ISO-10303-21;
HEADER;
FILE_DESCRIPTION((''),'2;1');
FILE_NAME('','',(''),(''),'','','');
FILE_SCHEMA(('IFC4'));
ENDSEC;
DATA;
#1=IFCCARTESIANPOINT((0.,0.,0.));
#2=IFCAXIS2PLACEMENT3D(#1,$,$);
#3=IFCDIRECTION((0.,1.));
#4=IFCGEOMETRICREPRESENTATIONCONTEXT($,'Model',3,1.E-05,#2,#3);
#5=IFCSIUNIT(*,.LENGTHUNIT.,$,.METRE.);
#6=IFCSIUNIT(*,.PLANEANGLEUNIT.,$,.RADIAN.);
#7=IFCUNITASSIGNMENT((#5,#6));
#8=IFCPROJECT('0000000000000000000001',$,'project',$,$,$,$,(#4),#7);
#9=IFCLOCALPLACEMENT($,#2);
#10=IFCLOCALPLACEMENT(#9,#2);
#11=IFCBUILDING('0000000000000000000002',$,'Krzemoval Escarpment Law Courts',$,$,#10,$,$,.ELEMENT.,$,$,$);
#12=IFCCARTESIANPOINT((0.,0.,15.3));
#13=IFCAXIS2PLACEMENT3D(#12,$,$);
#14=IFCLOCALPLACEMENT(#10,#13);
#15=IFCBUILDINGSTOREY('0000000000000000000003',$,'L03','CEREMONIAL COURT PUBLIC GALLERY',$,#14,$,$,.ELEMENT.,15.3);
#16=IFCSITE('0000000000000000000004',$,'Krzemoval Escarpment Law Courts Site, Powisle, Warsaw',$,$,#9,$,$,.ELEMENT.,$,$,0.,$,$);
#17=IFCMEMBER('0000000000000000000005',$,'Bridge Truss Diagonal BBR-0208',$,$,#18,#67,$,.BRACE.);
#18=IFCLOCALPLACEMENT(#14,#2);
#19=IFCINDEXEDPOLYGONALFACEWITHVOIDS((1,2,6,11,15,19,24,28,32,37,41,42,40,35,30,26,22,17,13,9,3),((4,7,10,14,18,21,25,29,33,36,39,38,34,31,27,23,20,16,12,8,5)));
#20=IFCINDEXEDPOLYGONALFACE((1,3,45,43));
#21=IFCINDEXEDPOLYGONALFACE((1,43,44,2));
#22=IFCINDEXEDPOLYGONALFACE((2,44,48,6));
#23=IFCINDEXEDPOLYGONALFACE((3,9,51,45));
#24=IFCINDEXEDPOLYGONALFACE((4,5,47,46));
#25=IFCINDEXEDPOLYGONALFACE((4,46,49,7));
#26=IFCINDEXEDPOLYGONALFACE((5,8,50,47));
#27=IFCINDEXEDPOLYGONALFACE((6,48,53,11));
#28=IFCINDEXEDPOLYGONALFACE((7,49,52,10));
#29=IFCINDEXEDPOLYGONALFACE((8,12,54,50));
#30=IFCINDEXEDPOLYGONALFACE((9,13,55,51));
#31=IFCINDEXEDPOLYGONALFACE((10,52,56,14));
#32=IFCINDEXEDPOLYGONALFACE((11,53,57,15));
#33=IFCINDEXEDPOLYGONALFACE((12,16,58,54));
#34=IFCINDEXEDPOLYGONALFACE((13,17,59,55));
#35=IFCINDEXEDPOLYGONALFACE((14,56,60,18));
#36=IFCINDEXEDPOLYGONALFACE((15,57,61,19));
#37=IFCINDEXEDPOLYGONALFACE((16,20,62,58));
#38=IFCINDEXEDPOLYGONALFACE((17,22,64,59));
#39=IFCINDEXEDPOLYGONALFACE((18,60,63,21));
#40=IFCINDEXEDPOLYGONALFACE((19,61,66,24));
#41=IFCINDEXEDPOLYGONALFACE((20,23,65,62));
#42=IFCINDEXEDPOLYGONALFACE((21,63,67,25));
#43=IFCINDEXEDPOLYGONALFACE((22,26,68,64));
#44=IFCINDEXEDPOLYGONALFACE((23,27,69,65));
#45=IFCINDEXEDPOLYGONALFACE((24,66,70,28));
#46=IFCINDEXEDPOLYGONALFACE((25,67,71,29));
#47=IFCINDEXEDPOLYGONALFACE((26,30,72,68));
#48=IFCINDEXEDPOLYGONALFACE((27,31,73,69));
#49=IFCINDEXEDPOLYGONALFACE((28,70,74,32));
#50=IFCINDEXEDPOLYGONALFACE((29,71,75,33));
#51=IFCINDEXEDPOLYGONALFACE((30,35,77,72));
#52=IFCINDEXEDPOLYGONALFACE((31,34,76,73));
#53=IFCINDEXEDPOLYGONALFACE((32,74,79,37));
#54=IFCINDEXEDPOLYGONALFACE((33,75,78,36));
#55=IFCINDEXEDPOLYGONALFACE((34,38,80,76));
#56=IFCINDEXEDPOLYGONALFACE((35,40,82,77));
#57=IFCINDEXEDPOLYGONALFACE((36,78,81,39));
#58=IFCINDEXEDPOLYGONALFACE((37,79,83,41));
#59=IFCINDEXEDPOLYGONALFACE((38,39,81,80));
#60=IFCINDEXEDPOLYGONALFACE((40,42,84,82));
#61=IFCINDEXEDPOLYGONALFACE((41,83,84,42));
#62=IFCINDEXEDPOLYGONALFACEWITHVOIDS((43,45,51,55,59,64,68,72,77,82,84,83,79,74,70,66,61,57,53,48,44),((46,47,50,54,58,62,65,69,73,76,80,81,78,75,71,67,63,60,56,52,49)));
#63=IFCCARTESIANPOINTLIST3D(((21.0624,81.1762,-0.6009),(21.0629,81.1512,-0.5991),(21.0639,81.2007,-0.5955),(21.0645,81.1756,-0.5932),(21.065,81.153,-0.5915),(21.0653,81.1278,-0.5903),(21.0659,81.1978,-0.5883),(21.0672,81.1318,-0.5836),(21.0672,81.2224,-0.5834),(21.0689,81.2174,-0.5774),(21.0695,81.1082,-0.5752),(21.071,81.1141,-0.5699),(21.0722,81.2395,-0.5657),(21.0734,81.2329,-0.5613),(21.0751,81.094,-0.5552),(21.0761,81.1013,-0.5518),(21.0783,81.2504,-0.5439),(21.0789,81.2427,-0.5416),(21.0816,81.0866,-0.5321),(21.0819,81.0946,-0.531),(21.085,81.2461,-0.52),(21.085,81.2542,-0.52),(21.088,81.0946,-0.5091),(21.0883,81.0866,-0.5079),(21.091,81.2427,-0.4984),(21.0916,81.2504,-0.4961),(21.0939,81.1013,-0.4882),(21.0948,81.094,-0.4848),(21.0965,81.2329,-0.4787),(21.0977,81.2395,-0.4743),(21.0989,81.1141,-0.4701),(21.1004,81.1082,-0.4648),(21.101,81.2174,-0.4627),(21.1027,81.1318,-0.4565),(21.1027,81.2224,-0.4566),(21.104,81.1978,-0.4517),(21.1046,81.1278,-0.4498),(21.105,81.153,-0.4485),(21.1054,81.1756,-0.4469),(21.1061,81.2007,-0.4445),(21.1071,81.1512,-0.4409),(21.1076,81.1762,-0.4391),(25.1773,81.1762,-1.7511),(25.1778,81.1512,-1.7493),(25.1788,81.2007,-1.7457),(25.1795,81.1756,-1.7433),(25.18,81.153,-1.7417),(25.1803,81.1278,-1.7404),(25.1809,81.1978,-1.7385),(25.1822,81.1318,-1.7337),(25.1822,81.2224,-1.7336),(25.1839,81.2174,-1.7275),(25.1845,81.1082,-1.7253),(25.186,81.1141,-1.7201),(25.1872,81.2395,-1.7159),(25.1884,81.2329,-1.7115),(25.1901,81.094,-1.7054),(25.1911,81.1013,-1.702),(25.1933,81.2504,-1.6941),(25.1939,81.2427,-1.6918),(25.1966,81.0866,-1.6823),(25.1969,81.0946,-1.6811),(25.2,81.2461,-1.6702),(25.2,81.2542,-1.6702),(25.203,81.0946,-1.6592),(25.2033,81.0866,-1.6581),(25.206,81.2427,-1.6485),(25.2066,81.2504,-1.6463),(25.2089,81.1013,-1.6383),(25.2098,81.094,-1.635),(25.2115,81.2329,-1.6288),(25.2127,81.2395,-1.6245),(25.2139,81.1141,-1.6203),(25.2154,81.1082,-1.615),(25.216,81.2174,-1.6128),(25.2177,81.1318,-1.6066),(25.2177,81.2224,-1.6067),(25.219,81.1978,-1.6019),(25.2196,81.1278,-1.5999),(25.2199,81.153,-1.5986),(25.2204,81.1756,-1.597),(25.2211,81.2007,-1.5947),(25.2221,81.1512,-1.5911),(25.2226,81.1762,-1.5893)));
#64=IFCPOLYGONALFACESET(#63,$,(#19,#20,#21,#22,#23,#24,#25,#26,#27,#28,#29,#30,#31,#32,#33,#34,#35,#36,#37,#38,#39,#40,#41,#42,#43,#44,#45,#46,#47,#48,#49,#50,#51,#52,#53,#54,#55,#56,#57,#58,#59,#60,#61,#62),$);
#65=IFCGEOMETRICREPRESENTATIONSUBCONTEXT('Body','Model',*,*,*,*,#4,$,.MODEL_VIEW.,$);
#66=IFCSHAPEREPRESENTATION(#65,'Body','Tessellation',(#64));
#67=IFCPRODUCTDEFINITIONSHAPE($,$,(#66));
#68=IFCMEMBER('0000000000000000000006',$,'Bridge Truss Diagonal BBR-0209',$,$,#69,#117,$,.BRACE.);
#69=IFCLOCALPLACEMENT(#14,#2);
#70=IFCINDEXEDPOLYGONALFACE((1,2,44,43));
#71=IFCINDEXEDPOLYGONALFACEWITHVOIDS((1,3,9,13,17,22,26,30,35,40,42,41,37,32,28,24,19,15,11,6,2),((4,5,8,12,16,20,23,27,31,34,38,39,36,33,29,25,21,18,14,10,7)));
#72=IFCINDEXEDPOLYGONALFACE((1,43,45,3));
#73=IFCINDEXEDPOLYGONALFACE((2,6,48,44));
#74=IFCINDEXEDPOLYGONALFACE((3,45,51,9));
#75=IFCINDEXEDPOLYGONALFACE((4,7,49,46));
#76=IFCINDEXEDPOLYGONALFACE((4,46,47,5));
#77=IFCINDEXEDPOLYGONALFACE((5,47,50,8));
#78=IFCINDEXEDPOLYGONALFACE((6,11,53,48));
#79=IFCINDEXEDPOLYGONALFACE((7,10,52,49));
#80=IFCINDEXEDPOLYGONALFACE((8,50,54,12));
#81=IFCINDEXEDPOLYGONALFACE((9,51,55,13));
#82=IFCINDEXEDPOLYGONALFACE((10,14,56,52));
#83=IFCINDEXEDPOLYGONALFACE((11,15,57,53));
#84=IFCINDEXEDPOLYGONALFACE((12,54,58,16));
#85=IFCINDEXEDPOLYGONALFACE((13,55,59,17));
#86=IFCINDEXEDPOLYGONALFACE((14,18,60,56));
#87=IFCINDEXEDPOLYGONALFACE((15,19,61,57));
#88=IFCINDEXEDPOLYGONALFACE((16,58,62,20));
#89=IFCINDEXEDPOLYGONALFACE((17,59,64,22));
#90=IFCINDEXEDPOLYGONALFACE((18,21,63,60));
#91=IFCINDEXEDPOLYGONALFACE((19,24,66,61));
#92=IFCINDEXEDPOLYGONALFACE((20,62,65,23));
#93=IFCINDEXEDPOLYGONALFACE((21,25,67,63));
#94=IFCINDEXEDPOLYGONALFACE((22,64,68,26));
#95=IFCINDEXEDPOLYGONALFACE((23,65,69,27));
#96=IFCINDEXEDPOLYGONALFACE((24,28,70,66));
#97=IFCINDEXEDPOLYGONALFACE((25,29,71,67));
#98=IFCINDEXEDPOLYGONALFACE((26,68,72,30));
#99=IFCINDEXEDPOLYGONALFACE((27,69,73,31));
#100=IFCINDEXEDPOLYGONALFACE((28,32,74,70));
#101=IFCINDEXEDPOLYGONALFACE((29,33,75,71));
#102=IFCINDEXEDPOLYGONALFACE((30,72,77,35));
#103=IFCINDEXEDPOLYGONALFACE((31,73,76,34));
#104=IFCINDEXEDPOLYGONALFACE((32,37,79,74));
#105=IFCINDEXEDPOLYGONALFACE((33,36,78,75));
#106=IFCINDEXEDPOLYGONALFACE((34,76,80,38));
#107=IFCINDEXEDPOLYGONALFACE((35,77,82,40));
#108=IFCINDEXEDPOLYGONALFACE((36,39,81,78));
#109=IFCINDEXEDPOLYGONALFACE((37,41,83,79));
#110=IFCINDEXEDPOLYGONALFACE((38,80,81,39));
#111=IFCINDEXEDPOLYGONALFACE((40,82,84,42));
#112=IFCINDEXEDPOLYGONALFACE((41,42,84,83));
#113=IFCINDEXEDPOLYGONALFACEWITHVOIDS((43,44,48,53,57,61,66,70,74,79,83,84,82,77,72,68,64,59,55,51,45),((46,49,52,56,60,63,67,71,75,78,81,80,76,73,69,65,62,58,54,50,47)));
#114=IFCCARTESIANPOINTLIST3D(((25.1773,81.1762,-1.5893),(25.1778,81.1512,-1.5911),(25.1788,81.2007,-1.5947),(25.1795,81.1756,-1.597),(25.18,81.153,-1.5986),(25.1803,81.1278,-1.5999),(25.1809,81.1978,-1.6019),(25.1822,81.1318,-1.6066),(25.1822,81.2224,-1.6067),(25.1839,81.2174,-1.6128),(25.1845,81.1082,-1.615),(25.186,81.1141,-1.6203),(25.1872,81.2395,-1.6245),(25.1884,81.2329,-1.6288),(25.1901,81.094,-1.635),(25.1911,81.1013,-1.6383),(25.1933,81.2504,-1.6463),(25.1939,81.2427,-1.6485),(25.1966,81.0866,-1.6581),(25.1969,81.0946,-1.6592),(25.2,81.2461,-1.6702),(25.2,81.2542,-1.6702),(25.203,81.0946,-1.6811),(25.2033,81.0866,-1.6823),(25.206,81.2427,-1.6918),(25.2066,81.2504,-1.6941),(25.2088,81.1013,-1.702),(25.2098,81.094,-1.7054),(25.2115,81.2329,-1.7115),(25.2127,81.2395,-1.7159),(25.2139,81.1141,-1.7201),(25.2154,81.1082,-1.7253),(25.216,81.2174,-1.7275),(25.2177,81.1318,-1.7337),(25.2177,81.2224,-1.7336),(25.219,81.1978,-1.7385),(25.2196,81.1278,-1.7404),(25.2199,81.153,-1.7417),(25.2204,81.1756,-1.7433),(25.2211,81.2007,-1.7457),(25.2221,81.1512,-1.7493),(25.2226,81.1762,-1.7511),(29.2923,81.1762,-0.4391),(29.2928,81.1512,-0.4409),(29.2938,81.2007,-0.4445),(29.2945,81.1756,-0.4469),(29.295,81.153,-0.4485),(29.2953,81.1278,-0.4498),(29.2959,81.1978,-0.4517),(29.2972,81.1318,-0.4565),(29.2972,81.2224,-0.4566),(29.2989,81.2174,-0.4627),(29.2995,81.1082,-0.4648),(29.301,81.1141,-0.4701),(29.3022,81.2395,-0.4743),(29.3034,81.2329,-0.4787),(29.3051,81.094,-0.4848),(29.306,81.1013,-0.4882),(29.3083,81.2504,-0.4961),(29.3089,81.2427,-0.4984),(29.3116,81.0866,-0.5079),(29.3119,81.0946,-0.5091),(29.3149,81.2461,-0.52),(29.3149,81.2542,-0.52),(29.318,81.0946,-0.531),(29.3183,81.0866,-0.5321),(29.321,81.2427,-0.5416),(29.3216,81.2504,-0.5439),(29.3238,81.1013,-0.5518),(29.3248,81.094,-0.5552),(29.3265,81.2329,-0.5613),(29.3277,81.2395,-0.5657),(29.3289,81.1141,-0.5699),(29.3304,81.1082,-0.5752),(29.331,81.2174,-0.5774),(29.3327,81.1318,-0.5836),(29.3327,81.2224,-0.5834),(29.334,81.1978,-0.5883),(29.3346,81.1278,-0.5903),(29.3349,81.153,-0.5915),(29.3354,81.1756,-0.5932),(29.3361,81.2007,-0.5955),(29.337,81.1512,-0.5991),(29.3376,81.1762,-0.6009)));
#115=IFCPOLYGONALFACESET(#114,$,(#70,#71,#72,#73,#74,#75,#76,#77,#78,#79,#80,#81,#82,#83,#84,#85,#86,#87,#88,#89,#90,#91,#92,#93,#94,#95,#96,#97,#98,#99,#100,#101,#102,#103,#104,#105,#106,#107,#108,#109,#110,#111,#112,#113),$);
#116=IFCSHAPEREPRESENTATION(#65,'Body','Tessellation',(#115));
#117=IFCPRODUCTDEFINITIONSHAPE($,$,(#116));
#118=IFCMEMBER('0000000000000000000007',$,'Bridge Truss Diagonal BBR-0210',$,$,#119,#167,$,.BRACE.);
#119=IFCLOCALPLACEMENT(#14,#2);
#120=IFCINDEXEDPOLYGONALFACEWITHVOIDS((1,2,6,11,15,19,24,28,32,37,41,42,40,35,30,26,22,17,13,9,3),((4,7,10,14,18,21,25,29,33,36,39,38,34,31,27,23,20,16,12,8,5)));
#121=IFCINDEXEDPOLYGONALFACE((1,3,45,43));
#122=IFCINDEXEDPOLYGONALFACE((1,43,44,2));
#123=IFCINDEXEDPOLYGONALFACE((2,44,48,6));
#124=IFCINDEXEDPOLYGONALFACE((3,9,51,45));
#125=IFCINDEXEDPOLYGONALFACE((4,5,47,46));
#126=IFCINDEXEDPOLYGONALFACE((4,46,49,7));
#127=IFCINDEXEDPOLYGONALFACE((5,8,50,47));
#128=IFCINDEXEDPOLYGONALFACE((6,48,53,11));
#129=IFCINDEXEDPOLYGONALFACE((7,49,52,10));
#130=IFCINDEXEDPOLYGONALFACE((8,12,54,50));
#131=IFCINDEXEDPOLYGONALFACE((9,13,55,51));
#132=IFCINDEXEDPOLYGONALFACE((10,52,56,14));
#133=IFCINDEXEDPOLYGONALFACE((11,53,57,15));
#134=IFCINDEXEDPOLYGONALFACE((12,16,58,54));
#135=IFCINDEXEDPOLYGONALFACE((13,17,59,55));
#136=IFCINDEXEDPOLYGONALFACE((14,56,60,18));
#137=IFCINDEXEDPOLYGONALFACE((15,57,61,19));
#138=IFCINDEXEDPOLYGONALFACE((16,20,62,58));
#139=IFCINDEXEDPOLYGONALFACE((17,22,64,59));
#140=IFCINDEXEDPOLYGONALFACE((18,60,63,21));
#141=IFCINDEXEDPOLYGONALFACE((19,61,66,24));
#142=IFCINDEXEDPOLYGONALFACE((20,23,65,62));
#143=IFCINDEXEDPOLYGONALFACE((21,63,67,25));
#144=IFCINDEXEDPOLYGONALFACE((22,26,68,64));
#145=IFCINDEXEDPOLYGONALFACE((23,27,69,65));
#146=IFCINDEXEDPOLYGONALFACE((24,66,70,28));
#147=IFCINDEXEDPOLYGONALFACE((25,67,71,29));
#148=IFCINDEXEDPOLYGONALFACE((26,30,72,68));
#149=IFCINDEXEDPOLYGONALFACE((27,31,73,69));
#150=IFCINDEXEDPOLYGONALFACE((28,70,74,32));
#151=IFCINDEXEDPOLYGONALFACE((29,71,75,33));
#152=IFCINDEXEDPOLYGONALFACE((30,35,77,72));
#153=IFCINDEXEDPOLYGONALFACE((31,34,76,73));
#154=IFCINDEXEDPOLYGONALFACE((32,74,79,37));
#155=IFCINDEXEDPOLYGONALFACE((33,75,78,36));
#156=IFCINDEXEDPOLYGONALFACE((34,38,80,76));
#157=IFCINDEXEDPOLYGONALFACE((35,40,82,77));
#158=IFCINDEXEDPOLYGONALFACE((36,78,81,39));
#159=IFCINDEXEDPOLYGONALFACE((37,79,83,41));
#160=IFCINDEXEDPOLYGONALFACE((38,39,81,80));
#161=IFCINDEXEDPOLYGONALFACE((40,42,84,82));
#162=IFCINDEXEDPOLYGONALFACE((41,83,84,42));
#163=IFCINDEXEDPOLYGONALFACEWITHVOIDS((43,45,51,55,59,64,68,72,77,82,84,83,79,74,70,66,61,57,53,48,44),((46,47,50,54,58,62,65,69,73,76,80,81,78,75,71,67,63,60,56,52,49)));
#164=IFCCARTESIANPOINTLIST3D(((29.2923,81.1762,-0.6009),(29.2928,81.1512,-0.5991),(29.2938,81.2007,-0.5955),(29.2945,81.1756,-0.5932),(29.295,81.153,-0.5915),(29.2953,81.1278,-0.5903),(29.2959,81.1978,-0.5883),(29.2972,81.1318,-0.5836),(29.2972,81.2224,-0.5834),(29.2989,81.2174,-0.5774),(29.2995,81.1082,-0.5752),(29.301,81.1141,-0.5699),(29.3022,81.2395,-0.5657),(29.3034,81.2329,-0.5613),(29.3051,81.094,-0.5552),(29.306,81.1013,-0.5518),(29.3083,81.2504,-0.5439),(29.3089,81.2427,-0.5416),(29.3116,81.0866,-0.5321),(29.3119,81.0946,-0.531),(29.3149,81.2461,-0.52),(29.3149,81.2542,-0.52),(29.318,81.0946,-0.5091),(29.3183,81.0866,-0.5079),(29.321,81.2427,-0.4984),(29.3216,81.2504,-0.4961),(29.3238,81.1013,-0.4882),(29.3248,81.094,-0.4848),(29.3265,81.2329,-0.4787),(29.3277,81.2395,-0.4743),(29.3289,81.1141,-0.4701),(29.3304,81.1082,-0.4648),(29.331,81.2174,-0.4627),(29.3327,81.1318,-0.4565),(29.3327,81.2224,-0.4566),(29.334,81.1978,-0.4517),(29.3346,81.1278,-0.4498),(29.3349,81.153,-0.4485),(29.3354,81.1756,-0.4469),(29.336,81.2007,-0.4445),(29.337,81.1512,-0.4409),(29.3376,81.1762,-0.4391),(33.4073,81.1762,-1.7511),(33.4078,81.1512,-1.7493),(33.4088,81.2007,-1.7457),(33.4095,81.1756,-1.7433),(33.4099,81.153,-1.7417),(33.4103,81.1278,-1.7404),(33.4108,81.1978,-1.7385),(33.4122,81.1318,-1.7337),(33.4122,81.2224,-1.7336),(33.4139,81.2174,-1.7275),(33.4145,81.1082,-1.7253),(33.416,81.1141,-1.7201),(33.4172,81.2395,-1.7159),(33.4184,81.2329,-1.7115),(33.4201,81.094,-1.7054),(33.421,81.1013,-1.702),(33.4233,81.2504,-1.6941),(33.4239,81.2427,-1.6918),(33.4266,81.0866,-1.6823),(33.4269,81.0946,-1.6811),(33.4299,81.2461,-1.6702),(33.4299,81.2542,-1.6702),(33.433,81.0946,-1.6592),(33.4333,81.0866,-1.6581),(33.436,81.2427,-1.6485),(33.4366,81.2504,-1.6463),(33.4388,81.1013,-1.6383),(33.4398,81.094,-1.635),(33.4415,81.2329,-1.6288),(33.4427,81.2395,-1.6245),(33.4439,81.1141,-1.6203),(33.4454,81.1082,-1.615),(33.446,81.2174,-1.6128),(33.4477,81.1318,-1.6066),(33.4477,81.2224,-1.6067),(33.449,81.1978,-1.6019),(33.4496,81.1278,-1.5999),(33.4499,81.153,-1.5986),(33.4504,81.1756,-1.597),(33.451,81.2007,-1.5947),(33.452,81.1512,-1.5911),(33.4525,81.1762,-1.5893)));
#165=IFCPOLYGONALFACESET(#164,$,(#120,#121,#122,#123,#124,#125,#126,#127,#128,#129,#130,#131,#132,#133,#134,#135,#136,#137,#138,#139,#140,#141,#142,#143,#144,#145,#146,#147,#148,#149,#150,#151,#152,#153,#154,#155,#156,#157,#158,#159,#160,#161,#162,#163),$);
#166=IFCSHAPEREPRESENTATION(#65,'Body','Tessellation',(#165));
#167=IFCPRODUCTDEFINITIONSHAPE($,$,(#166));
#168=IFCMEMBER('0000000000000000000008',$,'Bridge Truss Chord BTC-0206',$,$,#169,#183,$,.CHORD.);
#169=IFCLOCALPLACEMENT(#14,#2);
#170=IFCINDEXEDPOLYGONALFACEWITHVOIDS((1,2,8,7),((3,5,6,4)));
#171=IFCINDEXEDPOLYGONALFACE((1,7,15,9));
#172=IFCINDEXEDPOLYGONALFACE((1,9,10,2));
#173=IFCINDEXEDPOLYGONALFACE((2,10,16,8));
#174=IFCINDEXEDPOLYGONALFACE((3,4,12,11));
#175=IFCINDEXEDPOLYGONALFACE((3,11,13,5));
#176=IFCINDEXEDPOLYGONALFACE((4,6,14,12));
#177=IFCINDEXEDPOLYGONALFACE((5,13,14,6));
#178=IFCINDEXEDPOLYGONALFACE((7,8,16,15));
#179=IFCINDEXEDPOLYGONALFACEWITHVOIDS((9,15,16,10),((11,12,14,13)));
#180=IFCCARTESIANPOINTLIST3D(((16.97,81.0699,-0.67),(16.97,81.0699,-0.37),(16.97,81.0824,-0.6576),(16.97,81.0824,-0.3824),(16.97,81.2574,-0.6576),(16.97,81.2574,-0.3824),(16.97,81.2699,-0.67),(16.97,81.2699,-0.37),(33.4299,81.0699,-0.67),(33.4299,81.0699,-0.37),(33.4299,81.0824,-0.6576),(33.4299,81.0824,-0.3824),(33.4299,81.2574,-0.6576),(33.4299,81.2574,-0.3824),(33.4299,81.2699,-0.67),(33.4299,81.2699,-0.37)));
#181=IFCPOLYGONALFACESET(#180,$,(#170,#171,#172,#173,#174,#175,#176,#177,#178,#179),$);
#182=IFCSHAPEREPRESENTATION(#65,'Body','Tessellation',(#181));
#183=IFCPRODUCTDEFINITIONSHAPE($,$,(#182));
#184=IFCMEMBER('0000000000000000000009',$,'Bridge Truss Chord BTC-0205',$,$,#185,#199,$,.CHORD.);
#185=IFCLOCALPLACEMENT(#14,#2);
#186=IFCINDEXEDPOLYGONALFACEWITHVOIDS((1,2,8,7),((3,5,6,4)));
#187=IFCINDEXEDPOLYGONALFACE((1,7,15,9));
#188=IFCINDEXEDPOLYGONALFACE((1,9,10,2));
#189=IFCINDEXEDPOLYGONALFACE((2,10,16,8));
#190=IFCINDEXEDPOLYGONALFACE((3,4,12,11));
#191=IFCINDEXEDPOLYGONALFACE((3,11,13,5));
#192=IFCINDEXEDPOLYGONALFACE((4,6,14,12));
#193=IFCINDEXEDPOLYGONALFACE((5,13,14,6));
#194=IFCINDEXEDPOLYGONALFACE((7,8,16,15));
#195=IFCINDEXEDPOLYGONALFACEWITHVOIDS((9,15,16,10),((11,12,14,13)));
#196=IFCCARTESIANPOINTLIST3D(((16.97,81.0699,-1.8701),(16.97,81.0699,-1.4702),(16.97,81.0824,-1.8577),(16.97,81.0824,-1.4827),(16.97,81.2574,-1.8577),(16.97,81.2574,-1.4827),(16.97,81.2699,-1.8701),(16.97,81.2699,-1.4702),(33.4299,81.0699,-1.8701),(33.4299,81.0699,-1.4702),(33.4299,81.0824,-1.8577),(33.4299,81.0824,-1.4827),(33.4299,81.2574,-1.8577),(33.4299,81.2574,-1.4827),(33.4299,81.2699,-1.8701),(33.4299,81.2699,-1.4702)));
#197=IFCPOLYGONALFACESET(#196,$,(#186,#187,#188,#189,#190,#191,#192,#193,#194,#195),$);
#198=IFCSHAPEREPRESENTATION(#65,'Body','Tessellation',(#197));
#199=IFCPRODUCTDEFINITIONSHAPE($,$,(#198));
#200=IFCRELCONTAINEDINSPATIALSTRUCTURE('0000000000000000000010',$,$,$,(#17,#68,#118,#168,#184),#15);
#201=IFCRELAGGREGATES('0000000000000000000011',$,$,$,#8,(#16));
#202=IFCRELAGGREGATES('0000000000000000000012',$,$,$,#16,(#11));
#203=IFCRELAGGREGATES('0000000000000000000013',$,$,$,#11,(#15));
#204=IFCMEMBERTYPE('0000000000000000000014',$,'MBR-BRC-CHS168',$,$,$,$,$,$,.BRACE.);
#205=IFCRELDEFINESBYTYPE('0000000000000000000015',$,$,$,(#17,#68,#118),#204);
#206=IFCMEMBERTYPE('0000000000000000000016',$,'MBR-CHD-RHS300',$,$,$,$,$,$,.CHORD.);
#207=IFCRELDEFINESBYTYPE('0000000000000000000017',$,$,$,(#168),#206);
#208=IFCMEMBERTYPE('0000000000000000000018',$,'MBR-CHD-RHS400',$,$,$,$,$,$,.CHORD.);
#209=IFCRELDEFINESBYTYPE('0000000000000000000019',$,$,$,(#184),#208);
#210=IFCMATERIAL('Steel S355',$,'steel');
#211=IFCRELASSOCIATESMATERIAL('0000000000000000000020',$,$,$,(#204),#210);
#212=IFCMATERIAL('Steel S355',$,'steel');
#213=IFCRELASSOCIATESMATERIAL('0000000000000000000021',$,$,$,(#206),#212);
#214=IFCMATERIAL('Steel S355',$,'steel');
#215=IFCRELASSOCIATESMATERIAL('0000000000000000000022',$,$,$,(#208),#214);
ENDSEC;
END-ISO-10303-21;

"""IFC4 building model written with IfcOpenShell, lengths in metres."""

from ifc_helpers import new_model, si_unit, direction, frame, origin, origin_2d, place, context, subcontext, project, spatial, hollow_rectangle, hollow_circle, extrude, material, material_profile, profile_set, type_object, element, save


model = new_model("IFC4")

# Units and contexts
model_context = context("Model", 3, precision=1e-05, world=origin(), true_north=direction((0.0, 1.0)))
body_context = subcontext(model_context, "Body", "Model", "MODEL_VIEW")
ifc_project = project(units=[si_unit("LENGTHUNIT", "METRE"), si_unit("PLANEANGLEUNIT", "RADIAN")], contexts=[model_context])

# Site, building, storey
site_placement = place(None, origin())
site = spatial("IfcSite", under=ifc_project, at=site_placement, Name="Krzemoval Escarpment Law Courts Site, Powisle, Warsaw", CompositionType="ELEMENT", RefElevation=0.0)
building_placement = place(site_placement, origin())
building = spatial("IfcBuilding", under=site, at=building_placement, Name="Krzemoval Escarpment Law Courts", CompositionType="ELEMENT")
storey_placement = place(building_placement, frame((0.0, 0.0, 15.3)))
storey = spatial("IfcBuildingStorey", under=building, at=storey_placement, Name="L03", Description="CEREMONIAL COURT PUBLIC GALLERY", CompositionType="ELEMENT", Elevation=15.3)

# Members
ifc_material_1 = material(Name="Steel S355", Category="steel")
ifc_material_profile_1 = material_profile(ifc_material_1, hollow_circle(Radius=0.0842, WallThickness=0.0081, at=origin_2d()), Name="CHS 168.3x8")
ifc_profile_set_1 = profile_set([ifc_material_profile_1], Name="Steel S355")
member_type_1 = type_object("IfcMemberType", Name="MBR-BRC-CHS168", PredefinedType="BRACE", material=ifc_profile_set_1)
for number, where, z_axis, x_axis, name in (
    (1, (21.085, 81.1699, -0.52), (0.963089, 0.0, -0.269185), (0.0, 1.0, 0.0), "Bridge Truss Diagonal BBR-0208"),
    (2, (25.2, 81.1699, -1.6702), (0.963089, 0.0, 0.269185), (0.0, 1.0, 0.0), "Bridge Truss Diagonal BBR-0209"),
    (3, (29.3149, 81.1699, -0.52), (0.963089, 0.0, -0.269185), (0.0, 1.0, 0.0), "Bridge Truss Diagonal BBR-0210"),
):
    element("IfcMember", number, at=place(storey_placement, frame(where, z_axis=z_axis, x_axis=x_axis)), inside=storey, type_object=member_type_1, Name=name, PredefinedType="BRACE", context=body_context, shape_type="SweptSolid", body=[
        extrude(hollow_circle(Radius=0.0842, WallThickness=0.0081, at=origin_2d()), origin(), (0.0, 0.0, 1.0), 4.2727),
    ])
ifc_material_2 = material(Name="Steel S355", Category="steel")
ifc_material_profile_2 = material_profile(ifc_material_2, hollow_rectangle(XDim=0.2, YDim=0.3, WallThickness=0.0125, at=origin_2d()), Name="RHS 300x200x12.5")
ifc_profile_set_2 = profile_set([ifc_material_profile_2], Name="Steel S355")
member_type_2 = type_object("IfcMemberType", Name="MBR-CHD-RHS300", PredefinedType="CHORD", material=ifc_profile_set_2)
member_1_placement = place(storey_placement, frame((16.97, 81.1699, -0.52), z_axis=(1.0, 0.0, 0.0), x_axis=(0.0, 1.0, 0.0)))
element("IfcMember", 4, at=member_1_placement, inside=storey, type_object=member_type_2, Name="Bridge Truss Chord BTC-0206", PredefinedType="CHORD", context=body_context, shape_type="SweptSolid", body=[
    extrude(hollow_rectangle(XDim=0.2, YDim=0.3, WallThickness=0.0125, at=origin_2d()), origin(), (0.0, 0.0, 1.0), 16.46),
])
ifc_material_3 = material(Name="Steel S355", Category="steel")
ifc_material_profile_3 = material_profile(ifc_material_3, hollow_rectangle(XDim=0.2, YDim=0.3999, WallThickness=0.0125, at=origin_2d()), Name="RHS 400x200x12.5")
ifc_profile_set_3 = profile_set([ifc_material_profile_3], Name="Steel S355")
member_type_3 = type_object("IfcMemberType", Name="MBR-CHD-RHS400", PredefinedType="CHORD", material=ifc_profile_set_3)
member_2_placement = place(storey_placement, frame((16.97, 81.1699, -1.6702), z_axis=(1.0, 0.0, 0.0), x_axis=(0.0, 1.0, 0.0)))
element("IfcMember", 5, at=member_2_placement, inside=storey, type_object=member_type_3, Name="Bridge Truss Chord BTC-0205", PredefinedType="CHORD", context=body_context, shape_type="SweptSolid", body=[
    extrude(hollow_rectangle(XDim=0.2, YDim=0.3999, WallThickness=0.0125, at=origin_2d()), origin(), (0.0, 0.0, 1.0), 16.46),
])

save(model, "model.ifc")
